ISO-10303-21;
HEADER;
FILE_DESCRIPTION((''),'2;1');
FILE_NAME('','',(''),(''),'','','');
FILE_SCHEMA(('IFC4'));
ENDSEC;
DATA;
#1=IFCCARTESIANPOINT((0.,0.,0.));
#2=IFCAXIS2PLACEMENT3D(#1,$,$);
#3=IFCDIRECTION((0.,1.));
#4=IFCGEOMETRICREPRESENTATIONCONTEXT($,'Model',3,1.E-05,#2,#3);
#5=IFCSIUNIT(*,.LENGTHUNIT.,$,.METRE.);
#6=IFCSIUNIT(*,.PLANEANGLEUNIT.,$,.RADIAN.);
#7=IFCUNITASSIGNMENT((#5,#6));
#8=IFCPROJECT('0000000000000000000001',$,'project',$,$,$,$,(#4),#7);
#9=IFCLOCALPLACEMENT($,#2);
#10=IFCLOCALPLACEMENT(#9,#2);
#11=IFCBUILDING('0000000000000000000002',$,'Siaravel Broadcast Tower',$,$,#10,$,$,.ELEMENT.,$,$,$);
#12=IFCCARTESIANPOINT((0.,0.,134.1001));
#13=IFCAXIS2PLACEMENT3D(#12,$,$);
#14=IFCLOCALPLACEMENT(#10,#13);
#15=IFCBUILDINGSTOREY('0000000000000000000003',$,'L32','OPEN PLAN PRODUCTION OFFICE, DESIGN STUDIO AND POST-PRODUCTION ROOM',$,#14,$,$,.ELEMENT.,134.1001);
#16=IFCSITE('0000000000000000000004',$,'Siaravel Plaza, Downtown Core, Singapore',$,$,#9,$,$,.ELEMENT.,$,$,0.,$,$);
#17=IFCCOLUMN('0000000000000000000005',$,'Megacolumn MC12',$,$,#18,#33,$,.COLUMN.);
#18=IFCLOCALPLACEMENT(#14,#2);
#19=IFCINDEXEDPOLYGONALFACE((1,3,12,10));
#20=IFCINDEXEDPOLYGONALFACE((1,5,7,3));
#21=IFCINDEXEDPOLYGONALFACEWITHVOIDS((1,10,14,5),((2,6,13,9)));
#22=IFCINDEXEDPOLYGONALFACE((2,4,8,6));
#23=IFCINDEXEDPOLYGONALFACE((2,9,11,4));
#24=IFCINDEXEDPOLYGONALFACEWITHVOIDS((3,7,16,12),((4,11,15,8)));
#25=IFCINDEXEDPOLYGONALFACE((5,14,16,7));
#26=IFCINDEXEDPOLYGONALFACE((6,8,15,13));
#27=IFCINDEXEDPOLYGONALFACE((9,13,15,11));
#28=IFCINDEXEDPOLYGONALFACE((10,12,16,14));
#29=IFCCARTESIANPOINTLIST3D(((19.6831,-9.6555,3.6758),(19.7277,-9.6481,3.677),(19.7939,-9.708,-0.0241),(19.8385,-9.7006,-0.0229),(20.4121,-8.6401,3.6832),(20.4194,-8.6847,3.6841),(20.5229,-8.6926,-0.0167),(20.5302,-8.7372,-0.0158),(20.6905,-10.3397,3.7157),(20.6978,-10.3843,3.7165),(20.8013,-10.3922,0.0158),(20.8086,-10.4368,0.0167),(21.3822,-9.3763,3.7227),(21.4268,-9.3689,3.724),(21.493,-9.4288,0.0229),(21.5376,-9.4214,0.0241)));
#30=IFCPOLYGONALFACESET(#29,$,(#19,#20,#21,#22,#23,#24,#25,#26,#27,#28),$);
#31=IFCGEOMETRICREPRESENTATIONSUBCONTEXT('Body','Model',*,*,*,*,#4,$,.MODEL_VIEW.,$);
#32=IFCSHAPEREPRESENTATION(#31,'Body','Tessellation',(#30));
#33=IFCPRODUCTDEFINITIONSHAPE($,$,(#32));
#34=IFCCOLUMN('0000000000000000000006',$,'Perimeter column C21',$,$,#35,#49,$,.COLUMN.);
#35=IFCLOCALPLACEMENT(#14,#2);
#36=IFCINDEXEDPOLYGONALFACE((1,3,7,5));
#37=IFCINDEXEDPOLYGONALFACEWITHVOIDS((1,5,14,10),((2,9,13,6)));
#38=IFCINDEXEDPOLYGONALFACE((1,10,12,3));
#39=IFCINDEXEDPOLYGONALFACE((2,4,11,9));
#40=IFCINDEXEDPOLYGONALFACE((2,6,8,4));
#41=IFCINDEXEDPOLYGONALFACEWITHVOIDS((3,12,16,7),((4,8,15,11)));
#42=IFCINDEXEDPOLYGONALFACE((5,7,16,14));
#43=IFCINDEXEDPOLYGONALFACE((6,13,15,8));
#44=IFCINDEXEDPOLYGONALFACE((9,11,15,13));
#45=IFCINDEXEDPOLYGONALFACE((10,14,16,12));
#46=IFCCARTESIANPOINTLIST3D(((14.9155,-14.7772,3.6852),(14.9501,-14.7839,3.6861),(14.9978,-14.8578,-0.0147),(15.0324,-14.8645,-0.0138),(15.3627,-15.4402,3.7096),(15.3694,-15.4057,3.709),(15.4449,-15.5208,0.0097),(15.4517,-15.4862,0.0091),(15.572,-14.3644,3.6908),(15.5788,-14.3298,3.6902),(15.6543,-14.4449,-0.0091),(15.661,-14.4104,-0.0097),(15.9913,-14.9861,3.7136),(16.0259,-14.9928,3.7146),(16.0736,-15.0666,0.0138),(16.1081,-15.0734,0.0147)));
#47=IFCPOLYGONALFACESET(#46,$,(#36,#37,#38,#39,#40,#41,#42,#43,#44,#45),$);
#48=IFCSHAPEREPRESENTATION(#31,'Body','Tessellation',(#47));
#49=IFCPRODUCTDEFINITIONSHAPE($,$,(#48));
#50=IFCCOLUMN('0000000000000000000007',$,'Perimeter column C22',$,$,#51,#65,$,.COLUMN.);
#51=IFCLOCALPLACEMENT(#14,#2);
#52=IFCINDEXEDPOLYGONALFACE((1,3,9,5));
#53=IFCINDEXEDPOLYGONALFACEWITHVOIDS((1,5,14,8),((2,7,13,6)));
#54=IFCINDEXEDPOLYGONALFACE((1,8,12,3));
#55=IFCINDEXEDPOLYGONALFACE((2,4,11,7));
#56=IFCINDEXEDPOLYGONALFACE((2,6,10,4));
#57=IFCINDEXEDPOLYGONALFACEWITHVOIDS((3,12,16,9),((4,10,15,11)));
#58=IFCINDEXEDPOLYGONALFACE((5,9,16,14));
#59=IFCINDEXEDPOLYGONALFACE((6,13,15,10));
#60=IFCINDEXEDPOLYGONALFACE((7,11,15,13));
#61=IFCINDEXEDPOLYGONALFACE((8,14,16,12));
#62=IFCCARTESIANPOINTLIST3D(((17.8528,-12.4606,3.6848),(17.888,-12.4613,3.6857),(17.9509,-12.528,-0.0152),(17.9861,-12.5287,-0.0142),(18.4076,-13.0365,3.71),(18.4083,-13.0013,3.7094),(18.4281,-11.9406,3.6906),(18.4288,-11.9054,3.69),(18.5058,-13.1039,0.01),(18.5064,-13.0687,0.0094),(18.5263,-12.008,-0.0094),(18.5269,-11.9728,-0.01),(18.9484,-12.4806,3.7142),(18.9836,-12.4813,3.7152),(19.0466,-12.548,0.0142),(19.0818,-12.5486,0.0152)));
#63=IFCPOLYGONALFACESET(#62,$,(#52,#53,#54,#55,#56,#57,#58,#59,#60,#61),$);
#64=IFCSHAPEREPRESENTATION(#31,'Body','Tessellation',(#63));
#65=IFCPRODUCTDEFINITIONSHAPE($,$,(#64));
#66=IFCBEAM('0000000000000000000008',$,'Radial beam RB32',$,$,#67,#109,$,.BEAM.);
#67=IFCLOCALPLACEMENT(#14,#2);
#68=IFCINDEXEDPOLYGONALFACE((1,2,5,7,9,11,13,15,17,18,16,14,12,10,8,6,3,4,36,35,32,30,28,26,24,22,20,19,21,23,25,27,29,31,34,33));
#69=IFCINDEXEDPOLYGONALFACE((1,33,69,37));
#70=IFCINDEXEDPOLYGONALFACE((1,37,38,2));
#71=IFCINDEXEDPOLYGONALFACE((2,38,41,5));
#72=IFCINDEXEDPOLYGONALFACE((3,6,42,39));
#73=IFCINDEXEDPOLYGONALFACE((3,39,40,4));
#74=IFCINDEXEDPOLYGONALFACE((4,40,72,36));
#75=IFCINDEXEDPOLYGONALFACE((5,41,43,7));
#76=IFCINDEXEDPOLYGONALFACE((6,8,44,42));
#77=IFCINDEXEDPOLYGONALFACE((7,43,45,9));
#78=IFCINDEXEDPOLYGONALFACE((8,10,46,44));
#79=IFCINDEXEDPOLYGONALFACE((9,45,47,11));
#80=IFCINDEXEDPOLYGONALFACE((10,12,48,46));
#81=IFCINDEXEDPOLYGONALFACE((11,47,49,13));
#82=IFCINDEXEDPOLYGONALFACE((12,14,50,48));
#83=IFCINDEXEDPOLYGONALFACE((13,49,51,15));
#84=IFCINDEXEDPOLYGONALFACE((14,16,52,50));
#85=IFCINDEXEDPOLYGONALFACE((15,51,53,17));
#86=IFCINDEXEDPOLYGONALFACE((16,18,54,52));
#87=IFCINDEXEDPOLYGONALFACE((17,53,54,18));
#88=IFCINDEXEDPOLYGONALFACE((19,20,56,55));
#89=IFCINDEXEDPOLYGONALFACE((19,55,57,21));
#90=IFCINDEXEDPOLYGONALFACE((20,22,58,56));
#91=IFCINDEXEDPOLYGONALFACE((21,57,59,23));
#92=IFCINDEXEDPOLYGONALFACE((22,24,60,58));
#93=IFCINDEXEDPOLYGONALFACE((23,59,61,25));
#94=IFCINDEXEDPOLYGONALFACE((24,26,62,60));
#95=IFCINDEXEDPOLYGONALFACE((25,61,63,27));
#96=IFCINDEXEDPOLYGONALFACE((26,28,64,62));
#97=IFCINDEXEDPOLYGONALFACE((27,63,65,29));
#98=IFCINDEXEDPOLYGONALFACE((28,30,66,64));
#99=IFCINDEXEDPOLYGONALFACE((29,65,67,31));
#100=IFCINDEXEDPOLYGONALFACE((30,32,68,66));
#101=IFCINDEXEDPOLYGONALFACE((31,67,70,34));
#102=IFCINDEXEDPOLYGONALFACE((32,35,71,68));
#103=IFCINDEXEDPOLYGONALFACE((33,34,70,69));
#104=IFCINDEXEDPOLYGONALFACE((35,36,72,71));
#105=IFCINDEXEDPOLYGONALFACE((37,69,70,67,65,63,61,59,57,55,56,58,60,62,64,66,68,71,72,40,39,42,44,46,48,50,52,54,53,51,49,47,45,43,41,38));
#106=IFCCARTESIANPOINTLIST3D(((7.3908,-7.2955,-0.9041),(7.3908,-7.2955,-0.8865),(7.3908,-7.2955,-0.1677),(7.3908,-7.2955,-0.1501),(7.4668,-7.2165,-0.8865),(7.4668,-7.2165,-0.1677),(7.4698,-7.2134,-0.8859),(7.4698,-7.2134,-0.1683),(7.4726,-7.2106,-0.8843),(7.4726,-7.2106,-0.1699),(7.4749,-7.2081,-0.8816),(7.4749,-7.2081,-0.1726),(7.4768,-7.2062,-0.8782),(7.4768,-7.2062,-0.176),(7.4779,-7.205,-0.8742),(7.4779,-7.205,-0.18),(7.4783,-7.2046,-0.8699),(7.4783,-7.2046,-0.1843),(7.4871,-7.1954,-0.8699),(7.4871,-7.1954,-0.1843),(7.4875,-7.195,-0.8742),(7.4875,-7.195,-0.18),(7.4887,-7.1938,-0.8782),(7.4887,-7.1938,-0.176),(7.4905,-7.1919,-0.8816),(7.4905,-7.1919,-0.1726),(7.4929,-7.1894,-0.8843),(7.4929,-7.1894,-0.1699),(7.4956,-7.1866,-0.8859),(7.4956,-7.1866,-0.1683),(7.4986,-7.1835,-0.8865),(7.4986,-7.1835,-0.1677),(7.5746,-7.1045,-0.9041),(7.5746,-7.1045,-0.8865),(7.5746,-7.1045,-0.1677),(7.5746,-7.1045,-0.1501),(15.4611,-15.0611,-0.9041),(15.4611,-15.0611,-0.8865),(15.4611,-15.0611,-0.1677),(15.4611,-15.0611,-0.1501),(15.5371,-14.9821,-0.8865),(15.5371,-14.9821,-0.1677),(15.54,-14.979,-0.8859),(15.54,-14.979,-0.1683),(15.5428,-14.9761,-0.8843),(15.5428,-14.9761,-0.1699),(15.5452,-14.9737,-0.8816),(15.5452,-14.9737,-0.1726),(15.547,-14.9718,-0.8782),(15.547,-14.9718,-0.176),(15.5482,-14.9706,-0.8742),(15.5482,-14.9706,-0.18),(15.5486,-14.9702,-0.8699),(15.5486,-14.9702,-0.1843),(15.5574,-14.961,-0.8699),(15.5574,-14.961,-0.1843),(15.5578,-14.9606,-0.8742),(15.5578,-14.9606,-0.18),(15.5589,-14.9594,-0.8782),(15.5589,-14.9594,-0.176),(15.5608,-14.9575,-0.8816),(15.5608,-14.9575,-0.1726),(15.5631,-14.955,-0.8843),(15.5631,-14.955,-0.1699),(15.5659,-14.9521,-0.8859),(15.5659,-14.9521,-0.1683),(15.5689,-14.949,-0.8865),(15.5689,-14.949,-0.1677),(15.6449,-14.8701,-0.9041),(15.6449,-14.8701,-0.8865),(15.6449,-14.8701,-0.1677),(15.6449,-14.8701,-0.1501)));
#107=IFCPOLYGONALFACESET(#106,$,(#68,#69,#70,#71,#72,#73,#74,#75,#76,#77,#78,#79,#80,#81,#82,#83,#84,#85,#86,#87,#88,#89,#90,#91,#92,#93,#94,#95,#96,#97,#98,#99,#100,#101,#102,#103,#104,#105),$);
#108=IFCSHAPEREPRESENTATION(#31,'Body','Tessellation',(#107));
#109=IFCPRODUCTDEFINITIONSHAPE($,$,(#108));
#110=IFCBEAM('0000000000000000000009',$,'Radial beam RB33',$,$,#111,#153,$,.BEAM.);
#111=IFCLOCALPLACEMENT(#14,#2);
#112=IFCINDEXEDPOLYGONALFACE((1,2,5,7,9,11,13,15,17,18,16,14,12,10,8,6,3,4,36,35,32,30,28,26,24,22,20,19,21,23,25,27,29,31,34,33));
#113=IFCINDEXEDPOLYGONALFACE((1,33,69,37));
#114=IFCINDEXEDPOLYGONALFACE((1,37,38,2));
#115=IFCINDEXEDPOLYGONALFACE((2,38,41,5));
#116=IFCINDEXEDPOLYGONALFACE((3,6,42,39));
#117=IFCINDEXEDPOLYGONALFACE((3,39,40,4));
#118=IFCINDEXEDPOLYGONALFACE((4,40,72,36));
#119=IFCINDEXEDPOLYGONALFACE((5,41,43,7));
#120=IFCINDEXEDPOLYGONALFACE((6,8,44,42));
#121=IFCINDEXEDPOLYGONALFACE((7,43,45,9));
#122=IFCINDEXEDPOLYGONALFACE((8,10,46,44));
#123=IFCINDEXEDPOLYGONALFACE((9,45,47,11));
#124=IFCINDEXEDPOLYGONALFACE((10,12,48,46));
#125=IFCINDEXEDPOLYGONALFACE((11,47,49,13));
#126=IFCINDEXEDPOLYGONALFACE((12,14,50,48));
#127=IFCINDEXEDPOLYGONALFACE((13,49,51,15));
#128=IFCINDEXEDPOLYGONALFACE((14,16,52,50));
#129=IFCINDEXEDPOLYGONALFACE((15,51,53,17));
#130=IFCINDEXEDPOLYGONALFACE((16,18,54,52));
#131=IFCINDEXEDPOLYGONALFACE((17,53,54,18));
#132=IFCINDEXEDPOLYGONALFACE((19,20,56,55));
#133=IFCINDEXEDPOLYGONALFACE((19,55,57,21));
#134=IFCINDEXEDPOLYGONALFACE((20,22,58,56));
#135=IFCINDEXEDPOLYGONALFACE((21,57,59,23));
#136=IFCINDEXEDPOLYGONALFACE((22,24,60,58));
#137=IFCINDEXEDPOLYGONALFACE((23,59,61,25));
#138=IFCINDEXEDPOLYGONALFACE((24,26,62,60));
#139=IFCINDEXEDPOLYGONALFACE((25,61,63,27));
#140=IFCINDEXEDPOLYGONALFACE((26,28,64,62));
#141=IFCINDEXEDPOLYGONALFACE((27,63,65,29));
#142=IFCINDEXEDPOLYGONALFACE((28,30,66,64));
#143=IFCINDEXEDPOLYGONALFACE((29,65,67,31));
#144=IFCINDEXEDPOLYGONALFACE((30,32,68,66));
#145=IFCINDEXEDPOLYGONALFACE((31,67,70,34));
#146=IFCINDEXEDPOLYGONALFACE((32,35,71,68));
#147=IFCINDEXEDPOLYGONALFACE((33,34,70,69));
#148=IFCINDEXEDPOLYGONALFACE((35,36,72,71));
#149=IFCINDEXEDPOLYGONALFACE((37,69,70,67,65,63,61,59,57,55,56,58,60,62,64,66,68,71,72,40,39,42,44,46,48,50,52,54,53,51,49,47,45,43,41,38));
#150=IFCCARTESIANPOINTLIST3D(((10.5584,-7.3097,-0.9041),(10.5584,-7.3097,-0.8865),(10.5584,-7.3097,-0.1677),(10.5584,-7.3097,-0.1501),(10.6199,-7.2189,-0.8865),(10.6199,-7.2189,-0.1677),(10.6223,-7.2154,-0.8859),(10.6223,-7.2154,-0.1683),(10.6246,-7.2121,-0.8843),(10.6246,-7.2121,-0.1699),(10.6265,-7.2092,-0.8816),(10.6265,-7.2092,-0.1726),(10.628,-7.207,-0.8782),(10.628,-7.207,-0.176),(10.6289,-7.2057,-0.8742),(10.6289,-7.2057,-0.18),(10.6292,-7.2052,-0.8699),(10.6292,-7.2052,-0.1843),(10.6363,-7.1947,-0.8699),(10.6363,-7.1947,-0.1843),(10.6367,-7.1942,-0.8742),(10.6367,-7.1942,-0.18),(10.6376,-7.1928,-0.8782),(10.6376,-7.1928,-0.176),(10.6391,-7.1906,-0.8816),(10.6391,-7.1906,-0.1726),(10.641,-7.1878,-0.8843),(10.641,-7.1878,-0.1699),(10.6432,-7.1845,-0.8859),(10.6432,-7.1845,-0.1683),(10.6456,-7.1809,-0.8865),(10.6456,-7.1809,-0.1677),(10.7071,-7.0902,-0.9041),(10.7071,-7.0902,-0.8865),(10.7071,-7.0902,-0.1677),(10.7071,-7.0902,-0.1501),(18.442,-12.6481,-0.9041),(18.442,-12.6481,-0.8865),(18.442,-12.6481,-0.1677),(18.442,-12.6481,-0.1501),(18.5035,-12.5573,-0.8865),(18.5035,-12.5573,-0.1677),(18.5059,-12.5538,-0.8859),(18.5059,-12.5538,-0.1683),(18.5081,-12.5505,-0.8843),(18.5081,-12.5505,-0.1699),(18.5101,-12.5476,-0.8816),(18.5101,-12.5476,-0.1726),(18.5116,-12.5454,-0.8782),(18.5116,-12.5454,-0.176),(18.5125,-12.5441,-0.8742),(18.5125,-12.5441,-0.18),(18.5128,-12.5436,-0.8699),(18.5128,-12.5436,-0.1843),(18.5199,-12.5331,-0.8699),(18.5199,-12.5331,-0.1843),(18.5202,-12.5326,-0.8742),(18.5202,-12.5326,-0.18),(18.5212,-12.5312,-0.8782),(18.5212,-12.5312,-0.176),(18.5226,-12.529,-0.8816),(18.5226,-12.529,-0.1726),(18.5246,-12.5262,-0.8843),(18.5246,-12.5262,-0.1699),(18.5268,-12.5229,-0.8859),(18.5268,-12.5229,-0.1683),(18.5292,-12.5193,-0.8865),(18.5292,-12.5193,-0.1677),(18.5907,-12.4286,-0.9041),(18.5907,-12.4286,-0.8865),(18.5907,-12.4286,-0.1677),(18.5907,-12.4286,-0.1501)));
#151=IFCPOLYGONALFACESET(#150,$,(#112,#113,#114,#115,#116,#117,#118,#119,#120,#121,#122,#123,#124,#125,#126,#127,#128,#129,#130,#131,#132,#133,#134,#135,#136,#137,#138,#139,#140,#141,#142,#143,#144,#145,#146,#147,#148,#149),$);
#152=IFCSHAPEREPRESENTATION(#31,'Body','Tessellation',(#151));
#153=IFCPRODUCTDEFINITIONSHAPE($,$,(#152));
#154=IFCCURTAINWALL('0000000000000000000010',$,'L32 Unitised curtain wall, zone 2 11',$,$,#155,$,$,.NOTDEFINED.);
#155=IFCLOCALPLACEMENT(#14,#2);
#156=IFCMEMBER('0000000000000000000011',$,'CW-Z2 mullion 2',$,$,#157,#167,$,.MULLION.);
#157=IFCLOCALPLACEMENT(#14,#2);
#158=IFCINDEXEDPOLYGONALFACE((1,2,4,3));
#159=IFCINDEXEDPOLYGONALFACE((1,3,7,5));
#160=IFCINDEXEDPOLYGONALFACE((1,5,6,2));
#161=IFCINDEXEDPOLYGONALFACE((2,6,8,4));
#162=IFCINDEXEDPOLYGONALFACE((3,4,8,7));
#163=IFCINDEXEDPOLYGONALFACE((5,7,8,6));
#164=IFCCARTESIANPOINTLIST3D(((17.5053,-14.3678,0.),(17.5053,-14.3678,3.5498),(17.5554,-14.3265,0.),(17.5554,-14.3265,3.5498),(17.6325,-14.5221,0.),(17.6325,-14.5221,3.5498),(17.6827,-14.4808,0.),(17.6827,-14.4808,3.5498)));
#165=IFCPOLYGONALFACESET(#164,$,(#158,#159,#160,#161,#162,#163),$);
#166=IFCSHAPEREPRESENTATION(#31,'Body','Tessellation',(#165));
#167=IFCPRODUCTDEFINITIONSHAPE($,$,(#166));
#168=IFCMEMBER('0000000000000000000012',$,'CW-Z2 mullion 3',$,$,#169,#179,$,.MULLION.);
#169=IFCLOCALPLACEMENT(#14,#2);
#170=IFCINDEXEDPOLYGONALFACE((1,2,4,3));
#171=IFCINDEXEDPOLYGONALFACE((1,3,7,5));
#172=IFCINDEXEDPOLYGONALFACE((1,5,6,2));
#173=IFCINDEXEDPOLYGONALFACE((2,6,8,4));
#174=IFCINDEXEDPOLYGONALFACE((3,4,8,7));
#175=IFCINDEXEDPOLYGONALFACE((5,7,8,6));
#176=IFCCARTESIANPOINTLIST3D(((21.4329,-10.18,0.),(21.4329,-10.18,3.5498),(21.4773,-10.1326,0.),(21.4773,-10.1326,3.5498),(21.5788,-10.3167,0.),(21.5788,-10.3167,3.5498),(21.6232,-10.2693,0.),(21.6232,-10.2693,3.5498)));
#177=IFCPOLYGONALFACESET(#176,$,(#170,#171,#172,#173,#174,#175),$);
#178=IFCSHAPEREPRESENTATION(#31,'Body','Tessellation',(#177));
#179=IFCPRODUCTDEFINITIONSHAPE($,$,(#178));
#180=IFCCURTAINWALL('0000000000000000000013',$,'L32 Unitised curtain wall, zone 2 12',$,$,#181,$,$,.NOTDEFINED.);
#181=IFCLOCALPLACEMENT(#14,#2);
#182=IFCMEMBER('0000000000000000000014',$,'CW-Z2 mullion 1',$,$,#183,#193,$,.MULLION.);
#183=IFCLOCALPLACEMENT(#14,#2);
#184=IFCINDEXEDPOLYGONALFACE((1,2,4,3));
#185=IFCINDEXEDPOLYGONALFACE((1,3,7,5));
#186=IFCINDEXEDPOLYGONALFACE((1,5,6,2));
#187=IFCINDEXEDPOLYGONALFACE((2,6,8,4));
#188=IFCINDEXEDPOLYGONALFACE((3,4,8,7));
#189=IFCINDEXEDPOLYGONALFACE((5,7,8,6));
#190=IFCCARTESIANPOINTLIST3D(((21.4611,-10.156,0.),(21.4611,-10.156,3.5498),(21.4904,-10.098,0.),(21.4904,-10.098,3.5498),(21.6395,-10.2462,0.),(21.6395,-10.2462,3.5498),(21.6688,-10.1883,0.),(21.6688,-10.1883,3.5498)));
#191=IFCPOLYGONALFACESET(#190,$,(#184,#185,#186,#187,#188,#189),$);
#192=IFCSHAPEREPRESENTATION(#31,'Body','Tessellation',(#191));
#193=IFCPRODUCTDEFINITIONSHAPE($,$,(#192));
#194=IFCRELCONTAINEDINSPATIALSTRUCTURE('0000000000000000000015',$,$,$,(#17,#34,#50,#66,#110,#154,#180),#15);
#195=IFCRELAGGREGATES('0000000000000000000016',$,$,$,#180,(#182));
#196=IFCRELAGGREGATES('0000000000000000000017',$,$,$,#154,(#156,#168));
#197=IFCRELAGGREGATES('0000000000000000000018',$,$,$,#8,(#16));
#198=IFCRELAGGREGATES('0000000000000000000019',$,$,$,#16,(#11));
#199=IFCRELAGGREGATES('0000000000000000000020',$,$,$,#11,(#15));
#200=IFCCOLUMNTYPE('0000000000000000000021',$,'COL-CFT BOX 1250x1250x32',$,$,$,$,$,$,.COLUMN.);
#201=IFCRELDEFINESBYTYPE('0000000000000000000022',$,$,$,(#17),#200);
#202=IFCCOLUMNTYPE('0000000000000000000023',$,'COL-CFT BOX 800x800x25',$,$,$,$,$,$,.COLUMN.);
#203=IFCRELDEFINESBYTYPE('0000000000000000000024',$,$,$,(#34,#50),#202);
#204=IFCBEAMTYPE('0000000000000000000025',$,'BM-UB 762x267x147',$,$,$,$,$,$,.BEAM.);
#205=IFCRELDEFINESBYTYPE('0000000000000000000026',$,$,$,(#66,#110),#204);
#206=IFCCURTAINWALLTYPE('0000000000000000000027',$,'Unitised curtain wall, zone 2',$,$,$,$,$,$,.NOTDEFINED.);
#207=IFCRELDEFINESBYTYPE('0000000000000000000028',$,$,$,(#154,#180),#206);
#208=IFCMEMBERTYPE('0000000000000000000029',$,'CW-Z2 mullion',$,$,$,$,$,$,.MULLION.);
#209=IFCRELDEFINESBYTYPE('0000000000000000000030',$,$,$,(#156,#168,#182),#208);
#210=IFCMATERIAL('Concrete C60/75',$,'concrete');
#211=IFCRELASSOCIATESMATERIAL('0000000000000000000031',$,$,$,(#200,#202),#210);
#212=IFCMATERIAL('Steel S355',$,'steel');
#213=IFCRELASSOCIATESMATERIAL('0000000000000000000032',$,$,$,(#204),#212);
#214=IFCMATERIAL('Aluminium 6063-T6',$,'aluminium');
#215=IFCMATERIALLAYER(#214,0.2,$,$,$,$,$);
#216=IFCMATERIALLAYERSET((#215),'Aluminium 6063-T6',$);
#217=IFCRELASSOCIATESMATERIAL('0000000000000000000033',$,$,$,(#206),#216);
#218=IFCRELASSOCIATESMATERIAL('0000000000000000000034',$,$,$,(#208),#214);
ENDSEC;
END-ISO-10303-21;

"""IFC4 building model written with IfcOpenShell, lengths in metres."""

from ifc_helpers import new_model, si_unit, direction, frame, origin, origin_2d, place, context, subcontext, project, spatial, rectangle, hollow_rectangle, i_section, extrude, material, layer, layer_set, material_profile, profile_set, type_object, element, aggregate, save


model = new_model("IFC4")

# Units and contexts
model_context = context("Model", 3, precision=1e-05, world=origin(), true_north=direction((0.0, 1.0)))
body_context = subcontext(model_context, "Body", "Model", "MODEL_VIEW")
ifc_project = project(units=[si_unit("LENGTHUNIT", "METRE"), si_unit("PLANEANGLEUNIT", "RADIAN")], contexts=[model_context])

# Site, building, storey
site_placement = place(None, origin())
site = spatial("IfcSite", under=ifc_project, at=site_placement, Name="Siaravel Plaza, Downtown Core, Singapore", CompositionType="ELEMENT", RefElevation=0.0)
building_placement = place(site_placement, origin())
building = spatial("IfcBuilding", under=site, at=building_placement, Name="Siaravel Broadcast Tower", CompositionType="ELEMENT")
storey_placement = place(building_placement, frame((0.0, 0.0, 134.1001)))
storey = spatial("IfcBuildingStorey", under=building, at=storey_placement, Name="L32", Description="OPEN PLAN PRODUCTION OFFICE, DESIGN STUDIO AND POST-PRODUCTION ROOM", CompositionType="ELEMENT", Elevation=134.1001)

# Columns
ifc_material_1 = material(Name="Concrete C60/75", Category="concrete")
ifc_material_profile_1 = material_profile(ifc_material_1, hollow_rectangle(XDim=1.25, YDim=1.25, WallThickness=0.032, at=origin_2d()))
ifc_profile_set_1 = profile_set([ifc_material_profile_1], Name="Concrete C60/75")
column_type_1 = type_object("IfcColumnType", Name="COL-CFT BOX 1250x1250x32", PredefinedType="COLUMN", material=ifc_profile_set_1)
column_1_placement = place(storey_placement, frame((20.6658, -9.5647, 0.0), z_axis=(-0.029941, 0.014179, 0.999451), x_axis=(-0.583208, -0.812301, -0.005947)))
element("IfcColumn", 1, at=column_1_placement, inside=storey, type_object=column_type_1, Name="Megacolumn MC12", PredefinedType="COLUMN", context=body_context, shape_type="SweptSolid", body=[
    extrude(hollow_rectangle(XDim=1.25, YDim=1.25, WallThickness=0.032, at=origin_2d()), origin(), (0.0, 0.0, 1.0), 3.7019),
])
ifc_material_profile_2 = material_profile(ifc_material_1, hollow_rectangle(XDim=0.8, YDim=0.8, WallThickness=0.0249, at=origin_2d()))
ifc_profile_set_2 = profile_set([ifc_material_profile_2], Name="Concrete C60/75")
column_type_2 = type_object("IfcColumnType", Name="COL-CFT BOX 800x800x25", PredefinedType="COLUMN", material=ifc_profile_set_2)
column_2_placement = place(storey_placement, frame((15.553, -14.9656, 0.0), z_axis=(-0.022226, 0.021764, 0.999516), x_axis=(-0.828965, -0.559265, -0.006256)))
element("IfcColumn", 2, at=column_2_placement, inside=storey, type_object=column_type_2, Name="Perimeter column C21", PredefinedType="COLUMN", context=body_context, shape_type="SweptSolid", body=[
    extrude(hollow_rectangle(XDim=0.8, YDim=0.8, WallThickness=0.0249, at=origin_2d()), origin(), (0.0, 0.0, 1.0), 3.7017),
])
column_3_placement = place(storey_placement, frame((18.5164, -12.5383, 0.0), z_axis=(-0.026512, 0.018202, 0.999483), x_axis=(-0.719972, -0.693973, -0.006459)))
element("IfcColumn", 3, at=column_3_placement, inside=storey, type_object=column_type_2, Name="Perimeter column C22", PredefinedType="COLUMN", context=body_context, shape_type="SweptSolid", body=[
    extrude(hollow_rectangle(XDim=0.8, YDim=0.8, WallThickness=0.0249, at=origin_2d()), origin(), (0.0, 0.0, 1.0), 3.7019),
])

# Beams
ifc_material_2 = material(Name="Steel S355", Category="steel")
ifc_material_profile_3 = material_profile(ifc_material_2, i_section(OverallWidth=0.2651, OverallDepth=0.7539, WebThickness=0.0127, FlangeThickness=0.0176, FilletRadius=0.0166, at=origin_2d()))
ifc_profile_set_3 = profile_set([ifc_material_profile_3], Name="Steel S355")
beam_type = type_object("IfcBeamType", Name="BM-UB 762x267x147", PredefinedType="BEAM", material=ifc_profile_set_3)
beam_1_placement = place(storey_placement, frame((15.553, -14.9656, -0.5271), z_axis=(-0.720578, 0.693374, 0.0), x_axis=(-0.693374, -0.720578, 0.0)))
element("IfcBeam", 4, at=beam_1_placement, inside=storey, type_object=beam_type, Name="Radial beam RB32", PredefinedType="BEAM", context=body_context, shape_type="SweptSolid", body=[
    extrude(i_section(OverallWidth=0.2651, OverallDepth=0.7539, WebThickness=0.0127, FlangeThickness=0.0176, FilletRadius=0.0166, at=origin_2d()), origin(), (0.0, 0.0, 1.0), 11.1997),
])
beam_2_placement = place(storey_placement, frame((18.5164, -12.5383, -0.5271), z_axis=(-0.82802, 0.560698, 0.0), x_axis=(-0.560698, -0.82802, 0.0)))
element("IfcBeam", 5, at=beam_2_placement, inside=storey, type_object=beam_type, Name="Radial beam RB33", PredefinedType="BEAM", context=body_context, shape_type="SweptSolid", body=[
    extrude(i_section(OverallWidth=0.2651, OverallDepth=0.7539, WebThickness=0.0127, FlangeThickness=0.0176, FilletRadius=0.0166, at=origin_2d()), origin(), (0.0, 0.0, 1.0), 9.521),
])

# Curtain wall, members
ifc_material_3 = material(Name="Aluminium 6063-T6", Category="aluminium")
ifc_layer_1 = layer(ifc_material_3, 0.2)
ifc_layer_set_1 = layer_set([ifc_layer_1], Name="Aluminium 6063-T6")
curtain_wall_type = type_object("IfcCurtainWallType", Name="Unitised curtain wall, zone 2", PredefinedType="NOTDEFINED", material=ifc_layer_set_1)
curtain_wall_1_placement = place(storey_placement, origin())
curtain_wall_1 = element("IfcCurtainWall", 6, at=curtain_wall_1_placement, inside=storey, type_object=curtain_wall_type, Name="L32 Unitised curtain wall, zone 2 11", PredefinedType="NOTDEFINED")
ifc_material_profile_4 = material_profile(ifc_material_3, rectangle(XDim=0.2, YDim=0.0649, at=origin_2d()))
ifc_profile_set_4 = profile_set([ifc_material_profile_4], Name="Aluminium 6063-T6")
member_type_1 = type_object("IfcMemberType", Name="CW-Z2 mullion", PredefinedType="MULLION", material=ifc_profile_set_4)
member_1_placement = place(storey_placement, frame((17.594, -14.4243, 0.0), z_axis=(0.0, 0.0, 1.0), x_axis=(-0.63622, 0.771507, 0.0)))
member_1 = element("IfcMember", 7, at=member_1_placement, type_object=member_type_1, Name="CW-Z2 mullion 2", PredefinedType="MULLION", context=body_context, shape_type="SweptSolid", body=[
    extrude(rectangle(XDim=0.2, YDim=0.0649, at=origin_2d()), origin(), (0.0, 0.0, 1.0), 3.5498),
])
member_2_placement = place(storey_placement, frame((21.5281, -10.2246, 0.0), z_axis=(0.0, 0.0, 1.0), x_axis=(-0.729807, 0.683653, 0.0)))
member_2 = element("IfcMember", 8, at=member_2_placement, type_object=member_type_1, Name="CW-Z2 mullion 3", PredefinedType="MULLION", context=body_context, shape_type="SweptSolid", body=[
    extrude(rectangle(XDim=0.2, YDim=0.0649, at=origin_2d()), origin(), (0.0, 0.0, 1.0), 3.5498),
])

# Curtain wall, member
curtain_wall_2_placement = place(storey_placement, origin())
curtain_wall_2 = element("IfcCurtainWall", 9, at=curtain_wall_2_placement, inside=storey, type_object=curtain_wall_type, Name="L32 Unitised curtain wall, zone 2 12", PredefinedType="NOTDEFINED")
member_3_placement = place(storey_placement, frame((21.5649, -10.1721, 0.0), z_axis=(0.0, 0.0, 1.0), x_axis=(-0.892393, 0.451259, 0.0)))
member_3 = element("IfcMember", 10, at=member_3_placement, type_object=member_type_1, Name="CW-Z2 mullion 1", PredefinedType="MULLION", context=body_context, shape_type="SweptSolid", body=[
    extrude(rectangle(XDim=0.2, YDim=0.0649, at=origin_2d()), origin(), (0.0, 0.0, 1.0), 3.5498),
])

aggregate(curtain_wall_2, [member_3])

aggregate(curtain_wall_1, [member_1, member_2])

save(model, "model.ifc")
